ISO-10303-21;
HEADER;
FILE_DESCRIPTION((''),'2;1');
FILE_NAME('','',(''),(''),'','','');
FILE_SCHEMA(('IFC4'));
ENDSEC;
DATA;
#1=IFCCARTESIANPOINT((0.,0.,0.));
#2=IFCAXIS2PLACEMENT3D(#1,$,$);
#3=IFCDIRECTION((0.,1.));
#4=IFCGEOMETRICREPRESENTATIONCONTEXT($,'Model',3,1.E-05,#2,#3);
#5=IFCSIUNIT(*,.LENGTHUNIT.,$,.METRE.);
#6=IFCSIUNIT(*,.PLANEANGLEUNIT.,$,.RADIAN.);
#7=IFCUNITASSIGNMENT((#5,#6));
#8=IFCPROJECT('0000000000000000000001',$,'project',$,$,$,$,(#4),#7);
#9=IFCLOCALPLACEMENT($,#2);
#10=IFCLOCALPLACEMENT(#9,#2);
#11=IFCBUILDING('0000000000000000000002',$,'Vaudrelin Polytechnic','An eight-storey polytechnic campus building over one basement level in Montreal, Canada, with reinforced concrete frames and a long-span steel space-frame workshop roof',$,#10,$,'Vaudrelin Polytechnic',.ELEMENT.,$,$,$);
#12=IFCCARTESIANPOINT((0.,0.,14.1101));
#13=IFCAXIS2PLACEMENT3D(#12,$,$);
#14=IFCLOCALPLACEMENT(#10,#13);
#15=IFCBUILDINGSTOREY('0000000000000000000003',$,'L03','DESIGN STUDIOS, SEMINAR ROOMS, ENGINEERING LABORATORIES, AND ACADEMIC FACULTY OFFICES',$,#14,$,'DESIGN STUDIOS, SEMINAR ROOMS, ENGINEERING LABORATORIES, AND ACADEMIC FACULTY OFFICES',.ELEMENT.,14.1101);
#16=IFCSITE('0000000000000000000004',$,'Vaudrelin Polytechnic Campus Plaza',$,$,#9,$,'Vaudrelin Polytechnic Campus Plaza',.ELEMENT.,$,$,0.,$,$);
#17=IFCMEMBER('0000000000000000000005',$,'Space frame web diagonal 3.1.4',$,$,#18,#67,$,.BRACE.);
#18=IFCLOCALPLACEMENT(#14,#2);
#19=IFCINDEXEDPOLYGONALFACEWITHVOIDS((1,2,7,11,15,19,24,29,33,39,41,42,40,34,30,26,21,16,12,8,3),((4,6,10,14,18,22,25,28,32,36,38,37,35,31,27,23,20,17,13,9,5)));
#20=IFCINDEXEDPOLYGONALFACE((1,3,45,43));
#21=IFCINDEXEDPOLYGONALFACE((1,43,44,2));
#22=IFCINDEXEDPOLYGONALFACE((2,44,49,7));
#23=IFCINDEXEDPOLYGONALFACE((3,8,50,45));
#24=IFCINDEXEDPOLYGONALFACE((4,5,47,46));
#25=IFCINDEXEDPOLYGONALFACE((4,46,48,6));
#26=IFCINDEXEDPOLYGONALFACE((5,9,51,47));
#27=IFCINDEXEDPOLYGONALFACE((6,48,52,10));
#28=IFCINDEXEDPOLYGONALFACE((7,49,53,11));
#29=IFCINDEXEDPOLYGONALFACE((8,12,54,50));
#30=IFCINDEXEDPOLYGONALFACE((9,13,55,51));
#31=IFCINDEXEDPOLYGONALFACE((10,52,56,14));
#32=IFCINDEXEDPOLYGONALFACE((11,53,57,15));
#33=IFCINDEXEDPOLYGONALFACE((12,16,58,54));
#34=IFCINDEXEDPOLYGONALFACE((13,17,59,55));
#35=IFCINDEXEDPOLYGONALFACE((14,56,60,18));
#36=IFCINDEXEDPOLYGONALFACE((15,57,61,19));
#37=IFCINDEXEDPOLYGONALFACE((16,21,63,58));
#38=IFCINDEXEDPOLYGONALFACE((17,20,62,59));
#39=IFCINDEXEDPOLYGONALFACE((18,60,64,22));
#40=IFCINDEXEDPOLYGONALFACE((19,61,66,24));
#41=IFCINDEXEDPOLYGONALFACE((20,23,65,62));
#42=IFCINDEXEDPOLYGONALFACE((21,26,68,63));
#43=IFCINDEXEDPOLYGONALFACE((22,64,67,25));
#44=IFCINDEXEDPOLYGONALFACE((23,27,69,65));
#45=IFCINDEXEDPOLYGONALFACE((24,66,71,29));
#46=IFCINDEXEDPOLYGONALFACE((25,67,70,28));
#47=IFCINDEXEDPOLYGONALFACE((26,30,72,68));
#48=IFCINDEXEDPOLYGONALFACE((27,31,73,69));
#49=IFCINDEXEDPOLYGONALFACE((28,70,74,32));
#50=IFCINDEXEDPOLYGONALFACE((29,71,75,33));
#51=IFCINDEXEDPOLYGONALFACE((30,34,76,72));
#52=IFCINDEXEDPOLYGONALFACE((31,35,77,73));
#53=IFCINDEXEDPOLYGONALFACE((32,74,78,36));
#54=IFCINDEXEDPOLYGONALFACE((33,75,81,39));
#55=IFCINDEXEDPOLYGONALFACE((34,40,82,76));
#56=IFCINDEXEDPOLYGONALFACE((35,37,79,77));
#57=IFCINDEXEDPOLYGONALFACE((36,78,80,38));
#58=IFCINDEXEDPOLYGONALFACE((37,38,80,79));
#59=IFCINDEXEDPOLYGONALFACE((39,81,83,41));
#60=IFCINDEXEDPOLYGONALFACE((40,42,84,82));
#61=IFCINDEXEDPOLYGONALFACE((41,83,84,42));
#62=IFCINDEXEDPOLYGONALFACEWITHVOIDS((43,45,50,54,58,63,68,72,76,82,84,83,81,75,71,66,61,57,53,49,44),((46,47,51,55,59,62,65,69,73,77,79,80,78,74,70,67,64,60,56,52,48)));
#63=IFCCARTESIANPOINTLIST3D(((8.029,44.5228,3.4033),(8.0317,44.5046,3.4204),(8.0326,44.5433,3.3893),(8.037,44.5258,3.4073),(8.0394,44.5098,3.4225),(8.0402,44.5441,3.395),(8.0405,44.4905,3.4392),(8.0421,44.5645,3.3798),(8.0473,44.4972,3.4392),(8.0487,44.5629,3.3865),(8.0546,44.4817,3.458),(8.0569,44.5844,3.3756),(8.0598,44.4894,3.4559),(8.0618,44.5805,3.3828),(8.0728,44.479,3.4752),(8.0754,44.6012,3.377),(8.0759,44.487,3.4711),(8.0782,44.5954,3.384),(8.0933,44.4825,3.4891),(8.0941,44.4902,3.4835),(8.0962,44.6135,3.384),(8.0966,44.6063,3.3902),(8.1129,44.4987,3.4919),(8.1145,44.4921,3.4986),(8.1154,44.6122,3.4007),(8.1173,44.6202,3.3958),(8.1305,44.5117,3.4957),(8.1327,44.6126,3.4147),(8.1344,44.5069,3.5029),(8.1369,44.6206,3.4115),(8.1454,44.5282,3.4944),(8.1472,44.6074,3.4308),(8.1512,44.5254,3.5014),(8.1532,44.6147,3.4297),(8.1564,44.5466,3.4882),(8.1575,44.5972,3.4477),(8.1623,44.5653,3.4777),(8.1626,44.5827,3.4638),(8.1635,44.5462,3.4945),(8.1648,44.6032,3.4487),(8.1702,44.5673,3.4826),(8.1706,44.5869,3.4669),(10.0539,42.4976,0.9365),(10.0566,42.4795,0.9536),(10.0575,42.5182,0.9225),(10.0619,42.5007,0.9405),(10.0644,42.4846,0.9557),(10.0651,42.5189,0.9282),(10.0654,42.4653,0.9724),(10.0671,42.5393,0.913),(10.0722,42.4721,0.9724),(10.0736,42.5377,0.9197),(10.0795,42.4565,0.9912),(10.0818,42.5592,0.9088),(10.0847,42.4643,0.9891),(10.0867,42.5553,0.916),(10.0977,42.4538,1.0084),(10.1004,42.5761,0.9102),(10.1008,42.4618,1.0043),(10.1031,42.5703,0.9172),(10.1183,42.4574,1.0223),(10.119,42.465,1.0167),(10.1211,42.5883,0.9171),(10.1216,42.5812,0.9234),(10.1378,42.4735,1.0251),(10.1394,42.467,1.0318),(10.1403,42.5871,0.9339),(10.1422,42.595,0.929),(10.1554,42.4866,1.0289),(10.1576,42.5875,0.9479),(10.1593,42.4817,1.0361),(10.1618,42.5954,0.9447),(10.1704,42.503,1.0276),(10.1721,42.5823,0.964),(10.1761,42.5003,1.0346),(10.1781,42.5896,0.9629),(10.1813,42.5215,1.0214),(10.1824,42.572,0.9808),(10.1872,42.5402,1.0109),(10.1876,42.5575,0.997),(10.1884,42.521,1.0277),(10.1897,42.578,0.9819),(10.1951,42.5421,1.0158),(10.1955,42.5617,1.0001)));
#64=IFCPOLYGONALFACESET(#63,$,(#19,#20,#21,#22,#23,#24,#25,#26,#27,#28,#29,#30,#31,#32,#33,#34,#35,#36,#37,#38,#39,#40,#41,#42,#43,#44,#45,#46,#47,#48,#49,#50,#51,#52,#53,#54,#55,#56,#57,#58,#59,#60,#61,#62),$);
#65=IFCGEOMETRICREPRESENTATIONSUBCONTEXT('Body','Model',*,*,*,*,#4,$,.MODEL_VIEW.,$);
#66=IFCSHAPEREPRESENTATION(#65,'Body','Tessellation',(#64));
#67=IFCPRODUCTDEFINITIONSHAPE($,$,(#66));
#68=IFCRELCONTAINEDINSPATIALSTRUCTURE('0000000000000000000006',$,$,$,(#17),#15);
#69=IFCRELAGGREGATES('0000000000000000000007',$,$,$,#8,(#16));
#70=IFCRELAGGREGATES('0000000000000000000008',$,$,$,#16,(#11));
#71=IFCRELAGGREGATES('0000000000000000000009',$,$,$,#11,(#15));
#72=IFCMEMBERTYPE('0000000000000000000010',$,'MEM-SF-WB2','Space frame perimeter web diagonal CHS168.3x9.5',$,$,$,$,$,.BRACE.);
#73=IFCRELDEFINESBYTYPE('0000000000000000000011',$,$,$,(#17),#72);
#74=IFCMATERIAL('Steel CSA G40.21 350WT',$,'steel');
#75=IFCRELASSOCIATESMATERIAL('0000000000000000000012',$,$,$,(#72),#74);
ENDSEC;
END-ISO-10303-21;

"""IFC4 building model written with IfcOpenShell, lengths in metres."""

from ifc_helpers import new_model, si_unit, direction, frame, origin, origin_2d, place, context, subcontext, project, spatial, hollow_circle, extrude, material, material_profile, profile_set, type_object, element, save


model = new_model("IFC4")

# Units and contexts
model_context = context("Model", 3, precision=1e-05, world=origin(), true_north=direction((0.0, 1.0)))
body_context = subcontext(model_context, "Body", "Model", "MODEL_VIEW")
ifc_project = project(units=[si_unit("LENGTHUNIT", "METRE"), si_unit("PLANEANGLEUNIT", "RADIAN")], contexts=[model_context])

# Site, building, storey
site_placement = place(None, origin())
site = spatial("IfcSite", under=ifc_project, at=site_placement, Name="Vaudrelin Polytechnic Campus Plaza", LongName="Vaudrelin Polytechnic Campus Plaza", CompositionType="ELEMENT", RefElevation=0.0)
building_placement = place(site_placement, origin())
building = spatial("IfcBuilding", under=site, at=building_placement, Name="Vaudrelin Polytechnic", Description="An eight-storey polytechnic campus building over one basement level in Montreal, Canada, with reinforced concrete frames and a long-span steel space-frame workshop roof", LongName="Vaudrelin Polytechnic", CompositionType="ELEMENT")
storey_placement = place(building_placement, frame((0.0, 0.0, 14.1101)))
storey = spatial("IfcBuildingStorey", under=building, at=storey_placement, Name="L03", Description="DESIGN STUDIOS, SEMINAR ROOMS, ENGINEERING LABORATORIES, AND ACADEMIC FACULTY OFFICES", LongName="DESIGN STUDIOS, SEMINAR ROOMS, ENGINEERING LABORATORIES, AND ACADEMIC FACULTY OFFICES", CompositionType="ELEMENT", Elevation=14.1101)

# Member
ifc_material = material(Name="Steel CSA G40.21 350WT", Category="steel")
ifc_material_profile_1 = material_profile(ifc_material, hollow_circle(Radius=0.0842, WallThickness=0.0095, at=origin_2d()), Name="CHS168.3x9.5")
ifc_profile_set_1 = profile_set([ifc_material_profile_1], Name="Steel CSA G40.21 350WT")
member_type_1 = type_object("IfcMemberType", Name="MEM-SF-WB2", Description="Space frame perimeter web diagonal CHS168.3x9.5", PredefinedType="BRACE", material=ifc_profile_set_1)
member_1_placement = place(storey_placement, frame((10.125, 42.5249, 0.9724), z_axis=(-0.535723, 0.535788, 0.652634), x_axis=(-0.707149, -0.707064, 0.0)))
element("IfcMember", 1, at=member_1_placement, inside=storey, type_object=member_type_1, Name="Space frame web diagonal 3.1.4", PredefinedType="BRACE", context=body_context, shape_type="SweptSolid", body=[
    extrude(hollow_circle(Radius=0.0842, WallThickness=0.0095, at=origin_2d()), origin(), (0.0, 0.0, 1.0), 3.7798),
])

save(model, "model.ifc")
